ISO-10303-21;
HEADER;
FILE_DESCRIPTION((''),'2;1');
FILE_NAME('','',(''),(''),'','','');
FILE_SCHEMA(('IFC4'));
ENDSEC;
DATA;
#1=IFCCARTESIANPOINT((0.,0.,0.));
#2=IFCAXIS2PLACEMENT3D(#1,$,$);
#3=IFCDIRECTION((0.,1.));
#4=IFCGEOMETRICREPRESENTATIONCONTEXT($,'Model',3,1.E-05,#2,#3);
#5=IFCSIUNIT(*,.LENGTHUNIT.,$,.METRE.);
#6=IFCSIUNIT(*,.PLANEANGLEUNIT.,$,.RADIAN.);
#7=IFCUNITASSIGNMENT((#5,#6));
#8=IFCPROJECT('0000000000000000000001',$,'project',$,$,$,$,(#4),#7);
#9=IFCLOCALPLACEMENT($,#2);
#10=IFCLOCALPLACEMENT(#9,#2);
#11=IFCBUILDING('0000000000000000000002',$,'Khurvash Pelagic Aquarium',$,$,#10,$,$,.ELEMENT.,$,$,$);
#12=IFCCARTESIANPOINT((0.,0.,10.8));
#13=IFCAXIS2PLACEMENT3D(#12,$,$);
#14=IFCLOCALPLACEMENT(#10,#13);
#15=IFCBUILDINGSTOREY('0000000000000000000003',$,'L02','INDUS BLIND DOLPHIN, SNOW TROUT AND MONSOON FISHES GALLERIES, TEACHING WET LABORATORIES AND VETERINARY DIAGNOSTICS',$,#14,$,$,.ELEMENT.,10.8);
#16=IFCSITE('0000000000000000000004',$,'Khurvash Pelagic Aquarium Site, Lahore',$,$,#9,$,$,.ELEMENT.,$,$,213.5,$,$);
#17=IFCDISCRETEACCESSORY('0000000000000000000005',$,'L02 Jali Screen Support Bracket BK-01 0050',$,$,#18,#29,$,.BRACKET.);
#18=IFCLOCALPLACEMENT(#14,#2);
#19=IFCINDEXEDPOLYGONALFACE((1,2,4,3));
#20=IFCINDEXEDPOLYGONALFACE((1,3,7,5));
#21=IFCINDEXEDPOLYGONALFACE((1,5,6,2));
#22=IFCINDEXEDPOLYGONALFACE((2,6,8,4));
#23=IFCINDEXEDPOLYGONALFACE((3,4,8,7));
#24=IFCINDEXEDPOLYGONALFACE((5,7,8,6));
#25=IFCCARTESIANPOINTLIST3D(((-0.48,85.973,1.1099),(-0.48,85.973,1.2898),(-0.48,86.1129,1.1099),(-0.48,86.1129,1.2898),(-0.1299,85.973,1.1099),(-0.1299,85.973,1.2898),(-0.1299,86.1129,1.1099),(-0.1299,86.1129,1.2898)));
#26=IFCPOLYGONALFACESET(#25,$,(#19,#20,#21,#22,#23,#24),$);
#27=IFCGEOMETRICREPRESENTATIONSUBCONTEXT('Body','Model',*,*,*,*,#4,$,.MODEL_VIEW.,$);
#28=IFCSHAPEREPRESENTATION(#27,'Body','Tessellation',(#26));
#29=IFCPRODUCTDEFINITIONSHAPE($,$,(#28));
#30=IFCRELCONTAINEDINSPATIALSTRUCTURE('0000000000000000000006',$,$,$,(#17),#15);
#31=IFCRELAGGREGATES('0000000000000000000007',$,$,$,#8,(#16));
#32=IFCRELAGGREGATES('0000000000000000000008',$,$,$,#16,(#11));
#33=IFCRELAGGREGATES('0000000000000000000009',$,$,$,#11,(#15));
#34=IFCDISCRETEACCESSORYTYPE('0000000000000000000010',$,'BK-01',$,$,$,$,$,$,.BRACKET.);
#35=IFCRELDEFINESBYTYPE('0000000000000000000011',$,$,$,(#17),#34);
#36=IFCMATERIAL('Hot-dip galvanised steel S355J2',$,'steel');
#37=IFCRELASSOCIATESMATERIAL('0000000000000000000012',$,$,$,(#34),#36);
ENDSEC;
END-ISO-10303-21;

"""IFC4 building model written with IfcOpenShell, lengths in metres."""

from ifc_helpers import new_model, si_unit, direction, frame, origin, origin_2d, place, context, subcontext, project, spatial, rectangle, extrude, material, type_object, element, save


model = new_model("IFC4")

# Units and contexts
model_context = context("Model", 3, precision=1e-05, world=origin(), true_north=direction((0.0, 1.0)))
body_context = subcontext(model_context, "Body", "Model", "MODEL_VIEW")
ifc_project = project(units=[si_unit("LENGTHUNIT", "METRE"), si_unit("PLANEANGLEUNIT", "RADIAN")], contexts=[model_context])

# Site, building, storey
site_placement = place(None, origin())
site = spatial("IfcSite", under=ifc_project, at=site_placement, Name="Khurvash Pelagic Aquarium Site, Lahore", CompositionType="ELEMENT", RefElevation=213.5)
building_placement = place(site_placement, origin())
building = spatial("IfcBuilding", under=site, at=building_placement, Name="Khurvash Pelagic Aquarium", CompositionType="ELEMENT")
storey_placement = place(building_placement, frame((0.0, 0.0, 10.8)))
storey = spatial("IfcBuildingStorey", under=building, at=storey_placement, Name="L02", Description="INDUS BLIND DOLPHIN, SNOW TROUT AND MONSOON FISHES GALLERIES, TEACHING WET LABORATORIES AND VETERINARY DIAGNOSTICS", CompositionType="ELEMENT", Elevation=10.8)

# Discrete accessory
ifc_material_1 = material(Name="Hot-dip galvanised steel S355J2", Category="steel")
discrete_accessory_type = type_object("IfcDiscreteAccessoryType", Name="BK-01", PredefinedType="BRACKET", material=ifc_material_1)
for number, where, z_axis, x_axis, name in (
    (1, (-0.3049, 86.043, 1.1099), (0.0, 0.0, 1.0), (0.0, -1.0, 0.0), "L02 Jali Screen Support Bracket BK-01 0050"),
):
    element("IfcDiscreteAccessory", number, at=place(storey_placement, frame(where, z_axis=z_axis, x_axis=x_axis)), inside=storey, type_object=discrete_accessory_type, Name=name, PredefinedType="BRACKET", context=body_context, shape_type="SweptSolid", body=[
        extrude(rectangle(XDim=0.1399, YDim=0.3501, at=origin_2d()), origin(), (0.0, 0.0, 1.0), 0.1799),
    ])

save(model, "model.ifc")
